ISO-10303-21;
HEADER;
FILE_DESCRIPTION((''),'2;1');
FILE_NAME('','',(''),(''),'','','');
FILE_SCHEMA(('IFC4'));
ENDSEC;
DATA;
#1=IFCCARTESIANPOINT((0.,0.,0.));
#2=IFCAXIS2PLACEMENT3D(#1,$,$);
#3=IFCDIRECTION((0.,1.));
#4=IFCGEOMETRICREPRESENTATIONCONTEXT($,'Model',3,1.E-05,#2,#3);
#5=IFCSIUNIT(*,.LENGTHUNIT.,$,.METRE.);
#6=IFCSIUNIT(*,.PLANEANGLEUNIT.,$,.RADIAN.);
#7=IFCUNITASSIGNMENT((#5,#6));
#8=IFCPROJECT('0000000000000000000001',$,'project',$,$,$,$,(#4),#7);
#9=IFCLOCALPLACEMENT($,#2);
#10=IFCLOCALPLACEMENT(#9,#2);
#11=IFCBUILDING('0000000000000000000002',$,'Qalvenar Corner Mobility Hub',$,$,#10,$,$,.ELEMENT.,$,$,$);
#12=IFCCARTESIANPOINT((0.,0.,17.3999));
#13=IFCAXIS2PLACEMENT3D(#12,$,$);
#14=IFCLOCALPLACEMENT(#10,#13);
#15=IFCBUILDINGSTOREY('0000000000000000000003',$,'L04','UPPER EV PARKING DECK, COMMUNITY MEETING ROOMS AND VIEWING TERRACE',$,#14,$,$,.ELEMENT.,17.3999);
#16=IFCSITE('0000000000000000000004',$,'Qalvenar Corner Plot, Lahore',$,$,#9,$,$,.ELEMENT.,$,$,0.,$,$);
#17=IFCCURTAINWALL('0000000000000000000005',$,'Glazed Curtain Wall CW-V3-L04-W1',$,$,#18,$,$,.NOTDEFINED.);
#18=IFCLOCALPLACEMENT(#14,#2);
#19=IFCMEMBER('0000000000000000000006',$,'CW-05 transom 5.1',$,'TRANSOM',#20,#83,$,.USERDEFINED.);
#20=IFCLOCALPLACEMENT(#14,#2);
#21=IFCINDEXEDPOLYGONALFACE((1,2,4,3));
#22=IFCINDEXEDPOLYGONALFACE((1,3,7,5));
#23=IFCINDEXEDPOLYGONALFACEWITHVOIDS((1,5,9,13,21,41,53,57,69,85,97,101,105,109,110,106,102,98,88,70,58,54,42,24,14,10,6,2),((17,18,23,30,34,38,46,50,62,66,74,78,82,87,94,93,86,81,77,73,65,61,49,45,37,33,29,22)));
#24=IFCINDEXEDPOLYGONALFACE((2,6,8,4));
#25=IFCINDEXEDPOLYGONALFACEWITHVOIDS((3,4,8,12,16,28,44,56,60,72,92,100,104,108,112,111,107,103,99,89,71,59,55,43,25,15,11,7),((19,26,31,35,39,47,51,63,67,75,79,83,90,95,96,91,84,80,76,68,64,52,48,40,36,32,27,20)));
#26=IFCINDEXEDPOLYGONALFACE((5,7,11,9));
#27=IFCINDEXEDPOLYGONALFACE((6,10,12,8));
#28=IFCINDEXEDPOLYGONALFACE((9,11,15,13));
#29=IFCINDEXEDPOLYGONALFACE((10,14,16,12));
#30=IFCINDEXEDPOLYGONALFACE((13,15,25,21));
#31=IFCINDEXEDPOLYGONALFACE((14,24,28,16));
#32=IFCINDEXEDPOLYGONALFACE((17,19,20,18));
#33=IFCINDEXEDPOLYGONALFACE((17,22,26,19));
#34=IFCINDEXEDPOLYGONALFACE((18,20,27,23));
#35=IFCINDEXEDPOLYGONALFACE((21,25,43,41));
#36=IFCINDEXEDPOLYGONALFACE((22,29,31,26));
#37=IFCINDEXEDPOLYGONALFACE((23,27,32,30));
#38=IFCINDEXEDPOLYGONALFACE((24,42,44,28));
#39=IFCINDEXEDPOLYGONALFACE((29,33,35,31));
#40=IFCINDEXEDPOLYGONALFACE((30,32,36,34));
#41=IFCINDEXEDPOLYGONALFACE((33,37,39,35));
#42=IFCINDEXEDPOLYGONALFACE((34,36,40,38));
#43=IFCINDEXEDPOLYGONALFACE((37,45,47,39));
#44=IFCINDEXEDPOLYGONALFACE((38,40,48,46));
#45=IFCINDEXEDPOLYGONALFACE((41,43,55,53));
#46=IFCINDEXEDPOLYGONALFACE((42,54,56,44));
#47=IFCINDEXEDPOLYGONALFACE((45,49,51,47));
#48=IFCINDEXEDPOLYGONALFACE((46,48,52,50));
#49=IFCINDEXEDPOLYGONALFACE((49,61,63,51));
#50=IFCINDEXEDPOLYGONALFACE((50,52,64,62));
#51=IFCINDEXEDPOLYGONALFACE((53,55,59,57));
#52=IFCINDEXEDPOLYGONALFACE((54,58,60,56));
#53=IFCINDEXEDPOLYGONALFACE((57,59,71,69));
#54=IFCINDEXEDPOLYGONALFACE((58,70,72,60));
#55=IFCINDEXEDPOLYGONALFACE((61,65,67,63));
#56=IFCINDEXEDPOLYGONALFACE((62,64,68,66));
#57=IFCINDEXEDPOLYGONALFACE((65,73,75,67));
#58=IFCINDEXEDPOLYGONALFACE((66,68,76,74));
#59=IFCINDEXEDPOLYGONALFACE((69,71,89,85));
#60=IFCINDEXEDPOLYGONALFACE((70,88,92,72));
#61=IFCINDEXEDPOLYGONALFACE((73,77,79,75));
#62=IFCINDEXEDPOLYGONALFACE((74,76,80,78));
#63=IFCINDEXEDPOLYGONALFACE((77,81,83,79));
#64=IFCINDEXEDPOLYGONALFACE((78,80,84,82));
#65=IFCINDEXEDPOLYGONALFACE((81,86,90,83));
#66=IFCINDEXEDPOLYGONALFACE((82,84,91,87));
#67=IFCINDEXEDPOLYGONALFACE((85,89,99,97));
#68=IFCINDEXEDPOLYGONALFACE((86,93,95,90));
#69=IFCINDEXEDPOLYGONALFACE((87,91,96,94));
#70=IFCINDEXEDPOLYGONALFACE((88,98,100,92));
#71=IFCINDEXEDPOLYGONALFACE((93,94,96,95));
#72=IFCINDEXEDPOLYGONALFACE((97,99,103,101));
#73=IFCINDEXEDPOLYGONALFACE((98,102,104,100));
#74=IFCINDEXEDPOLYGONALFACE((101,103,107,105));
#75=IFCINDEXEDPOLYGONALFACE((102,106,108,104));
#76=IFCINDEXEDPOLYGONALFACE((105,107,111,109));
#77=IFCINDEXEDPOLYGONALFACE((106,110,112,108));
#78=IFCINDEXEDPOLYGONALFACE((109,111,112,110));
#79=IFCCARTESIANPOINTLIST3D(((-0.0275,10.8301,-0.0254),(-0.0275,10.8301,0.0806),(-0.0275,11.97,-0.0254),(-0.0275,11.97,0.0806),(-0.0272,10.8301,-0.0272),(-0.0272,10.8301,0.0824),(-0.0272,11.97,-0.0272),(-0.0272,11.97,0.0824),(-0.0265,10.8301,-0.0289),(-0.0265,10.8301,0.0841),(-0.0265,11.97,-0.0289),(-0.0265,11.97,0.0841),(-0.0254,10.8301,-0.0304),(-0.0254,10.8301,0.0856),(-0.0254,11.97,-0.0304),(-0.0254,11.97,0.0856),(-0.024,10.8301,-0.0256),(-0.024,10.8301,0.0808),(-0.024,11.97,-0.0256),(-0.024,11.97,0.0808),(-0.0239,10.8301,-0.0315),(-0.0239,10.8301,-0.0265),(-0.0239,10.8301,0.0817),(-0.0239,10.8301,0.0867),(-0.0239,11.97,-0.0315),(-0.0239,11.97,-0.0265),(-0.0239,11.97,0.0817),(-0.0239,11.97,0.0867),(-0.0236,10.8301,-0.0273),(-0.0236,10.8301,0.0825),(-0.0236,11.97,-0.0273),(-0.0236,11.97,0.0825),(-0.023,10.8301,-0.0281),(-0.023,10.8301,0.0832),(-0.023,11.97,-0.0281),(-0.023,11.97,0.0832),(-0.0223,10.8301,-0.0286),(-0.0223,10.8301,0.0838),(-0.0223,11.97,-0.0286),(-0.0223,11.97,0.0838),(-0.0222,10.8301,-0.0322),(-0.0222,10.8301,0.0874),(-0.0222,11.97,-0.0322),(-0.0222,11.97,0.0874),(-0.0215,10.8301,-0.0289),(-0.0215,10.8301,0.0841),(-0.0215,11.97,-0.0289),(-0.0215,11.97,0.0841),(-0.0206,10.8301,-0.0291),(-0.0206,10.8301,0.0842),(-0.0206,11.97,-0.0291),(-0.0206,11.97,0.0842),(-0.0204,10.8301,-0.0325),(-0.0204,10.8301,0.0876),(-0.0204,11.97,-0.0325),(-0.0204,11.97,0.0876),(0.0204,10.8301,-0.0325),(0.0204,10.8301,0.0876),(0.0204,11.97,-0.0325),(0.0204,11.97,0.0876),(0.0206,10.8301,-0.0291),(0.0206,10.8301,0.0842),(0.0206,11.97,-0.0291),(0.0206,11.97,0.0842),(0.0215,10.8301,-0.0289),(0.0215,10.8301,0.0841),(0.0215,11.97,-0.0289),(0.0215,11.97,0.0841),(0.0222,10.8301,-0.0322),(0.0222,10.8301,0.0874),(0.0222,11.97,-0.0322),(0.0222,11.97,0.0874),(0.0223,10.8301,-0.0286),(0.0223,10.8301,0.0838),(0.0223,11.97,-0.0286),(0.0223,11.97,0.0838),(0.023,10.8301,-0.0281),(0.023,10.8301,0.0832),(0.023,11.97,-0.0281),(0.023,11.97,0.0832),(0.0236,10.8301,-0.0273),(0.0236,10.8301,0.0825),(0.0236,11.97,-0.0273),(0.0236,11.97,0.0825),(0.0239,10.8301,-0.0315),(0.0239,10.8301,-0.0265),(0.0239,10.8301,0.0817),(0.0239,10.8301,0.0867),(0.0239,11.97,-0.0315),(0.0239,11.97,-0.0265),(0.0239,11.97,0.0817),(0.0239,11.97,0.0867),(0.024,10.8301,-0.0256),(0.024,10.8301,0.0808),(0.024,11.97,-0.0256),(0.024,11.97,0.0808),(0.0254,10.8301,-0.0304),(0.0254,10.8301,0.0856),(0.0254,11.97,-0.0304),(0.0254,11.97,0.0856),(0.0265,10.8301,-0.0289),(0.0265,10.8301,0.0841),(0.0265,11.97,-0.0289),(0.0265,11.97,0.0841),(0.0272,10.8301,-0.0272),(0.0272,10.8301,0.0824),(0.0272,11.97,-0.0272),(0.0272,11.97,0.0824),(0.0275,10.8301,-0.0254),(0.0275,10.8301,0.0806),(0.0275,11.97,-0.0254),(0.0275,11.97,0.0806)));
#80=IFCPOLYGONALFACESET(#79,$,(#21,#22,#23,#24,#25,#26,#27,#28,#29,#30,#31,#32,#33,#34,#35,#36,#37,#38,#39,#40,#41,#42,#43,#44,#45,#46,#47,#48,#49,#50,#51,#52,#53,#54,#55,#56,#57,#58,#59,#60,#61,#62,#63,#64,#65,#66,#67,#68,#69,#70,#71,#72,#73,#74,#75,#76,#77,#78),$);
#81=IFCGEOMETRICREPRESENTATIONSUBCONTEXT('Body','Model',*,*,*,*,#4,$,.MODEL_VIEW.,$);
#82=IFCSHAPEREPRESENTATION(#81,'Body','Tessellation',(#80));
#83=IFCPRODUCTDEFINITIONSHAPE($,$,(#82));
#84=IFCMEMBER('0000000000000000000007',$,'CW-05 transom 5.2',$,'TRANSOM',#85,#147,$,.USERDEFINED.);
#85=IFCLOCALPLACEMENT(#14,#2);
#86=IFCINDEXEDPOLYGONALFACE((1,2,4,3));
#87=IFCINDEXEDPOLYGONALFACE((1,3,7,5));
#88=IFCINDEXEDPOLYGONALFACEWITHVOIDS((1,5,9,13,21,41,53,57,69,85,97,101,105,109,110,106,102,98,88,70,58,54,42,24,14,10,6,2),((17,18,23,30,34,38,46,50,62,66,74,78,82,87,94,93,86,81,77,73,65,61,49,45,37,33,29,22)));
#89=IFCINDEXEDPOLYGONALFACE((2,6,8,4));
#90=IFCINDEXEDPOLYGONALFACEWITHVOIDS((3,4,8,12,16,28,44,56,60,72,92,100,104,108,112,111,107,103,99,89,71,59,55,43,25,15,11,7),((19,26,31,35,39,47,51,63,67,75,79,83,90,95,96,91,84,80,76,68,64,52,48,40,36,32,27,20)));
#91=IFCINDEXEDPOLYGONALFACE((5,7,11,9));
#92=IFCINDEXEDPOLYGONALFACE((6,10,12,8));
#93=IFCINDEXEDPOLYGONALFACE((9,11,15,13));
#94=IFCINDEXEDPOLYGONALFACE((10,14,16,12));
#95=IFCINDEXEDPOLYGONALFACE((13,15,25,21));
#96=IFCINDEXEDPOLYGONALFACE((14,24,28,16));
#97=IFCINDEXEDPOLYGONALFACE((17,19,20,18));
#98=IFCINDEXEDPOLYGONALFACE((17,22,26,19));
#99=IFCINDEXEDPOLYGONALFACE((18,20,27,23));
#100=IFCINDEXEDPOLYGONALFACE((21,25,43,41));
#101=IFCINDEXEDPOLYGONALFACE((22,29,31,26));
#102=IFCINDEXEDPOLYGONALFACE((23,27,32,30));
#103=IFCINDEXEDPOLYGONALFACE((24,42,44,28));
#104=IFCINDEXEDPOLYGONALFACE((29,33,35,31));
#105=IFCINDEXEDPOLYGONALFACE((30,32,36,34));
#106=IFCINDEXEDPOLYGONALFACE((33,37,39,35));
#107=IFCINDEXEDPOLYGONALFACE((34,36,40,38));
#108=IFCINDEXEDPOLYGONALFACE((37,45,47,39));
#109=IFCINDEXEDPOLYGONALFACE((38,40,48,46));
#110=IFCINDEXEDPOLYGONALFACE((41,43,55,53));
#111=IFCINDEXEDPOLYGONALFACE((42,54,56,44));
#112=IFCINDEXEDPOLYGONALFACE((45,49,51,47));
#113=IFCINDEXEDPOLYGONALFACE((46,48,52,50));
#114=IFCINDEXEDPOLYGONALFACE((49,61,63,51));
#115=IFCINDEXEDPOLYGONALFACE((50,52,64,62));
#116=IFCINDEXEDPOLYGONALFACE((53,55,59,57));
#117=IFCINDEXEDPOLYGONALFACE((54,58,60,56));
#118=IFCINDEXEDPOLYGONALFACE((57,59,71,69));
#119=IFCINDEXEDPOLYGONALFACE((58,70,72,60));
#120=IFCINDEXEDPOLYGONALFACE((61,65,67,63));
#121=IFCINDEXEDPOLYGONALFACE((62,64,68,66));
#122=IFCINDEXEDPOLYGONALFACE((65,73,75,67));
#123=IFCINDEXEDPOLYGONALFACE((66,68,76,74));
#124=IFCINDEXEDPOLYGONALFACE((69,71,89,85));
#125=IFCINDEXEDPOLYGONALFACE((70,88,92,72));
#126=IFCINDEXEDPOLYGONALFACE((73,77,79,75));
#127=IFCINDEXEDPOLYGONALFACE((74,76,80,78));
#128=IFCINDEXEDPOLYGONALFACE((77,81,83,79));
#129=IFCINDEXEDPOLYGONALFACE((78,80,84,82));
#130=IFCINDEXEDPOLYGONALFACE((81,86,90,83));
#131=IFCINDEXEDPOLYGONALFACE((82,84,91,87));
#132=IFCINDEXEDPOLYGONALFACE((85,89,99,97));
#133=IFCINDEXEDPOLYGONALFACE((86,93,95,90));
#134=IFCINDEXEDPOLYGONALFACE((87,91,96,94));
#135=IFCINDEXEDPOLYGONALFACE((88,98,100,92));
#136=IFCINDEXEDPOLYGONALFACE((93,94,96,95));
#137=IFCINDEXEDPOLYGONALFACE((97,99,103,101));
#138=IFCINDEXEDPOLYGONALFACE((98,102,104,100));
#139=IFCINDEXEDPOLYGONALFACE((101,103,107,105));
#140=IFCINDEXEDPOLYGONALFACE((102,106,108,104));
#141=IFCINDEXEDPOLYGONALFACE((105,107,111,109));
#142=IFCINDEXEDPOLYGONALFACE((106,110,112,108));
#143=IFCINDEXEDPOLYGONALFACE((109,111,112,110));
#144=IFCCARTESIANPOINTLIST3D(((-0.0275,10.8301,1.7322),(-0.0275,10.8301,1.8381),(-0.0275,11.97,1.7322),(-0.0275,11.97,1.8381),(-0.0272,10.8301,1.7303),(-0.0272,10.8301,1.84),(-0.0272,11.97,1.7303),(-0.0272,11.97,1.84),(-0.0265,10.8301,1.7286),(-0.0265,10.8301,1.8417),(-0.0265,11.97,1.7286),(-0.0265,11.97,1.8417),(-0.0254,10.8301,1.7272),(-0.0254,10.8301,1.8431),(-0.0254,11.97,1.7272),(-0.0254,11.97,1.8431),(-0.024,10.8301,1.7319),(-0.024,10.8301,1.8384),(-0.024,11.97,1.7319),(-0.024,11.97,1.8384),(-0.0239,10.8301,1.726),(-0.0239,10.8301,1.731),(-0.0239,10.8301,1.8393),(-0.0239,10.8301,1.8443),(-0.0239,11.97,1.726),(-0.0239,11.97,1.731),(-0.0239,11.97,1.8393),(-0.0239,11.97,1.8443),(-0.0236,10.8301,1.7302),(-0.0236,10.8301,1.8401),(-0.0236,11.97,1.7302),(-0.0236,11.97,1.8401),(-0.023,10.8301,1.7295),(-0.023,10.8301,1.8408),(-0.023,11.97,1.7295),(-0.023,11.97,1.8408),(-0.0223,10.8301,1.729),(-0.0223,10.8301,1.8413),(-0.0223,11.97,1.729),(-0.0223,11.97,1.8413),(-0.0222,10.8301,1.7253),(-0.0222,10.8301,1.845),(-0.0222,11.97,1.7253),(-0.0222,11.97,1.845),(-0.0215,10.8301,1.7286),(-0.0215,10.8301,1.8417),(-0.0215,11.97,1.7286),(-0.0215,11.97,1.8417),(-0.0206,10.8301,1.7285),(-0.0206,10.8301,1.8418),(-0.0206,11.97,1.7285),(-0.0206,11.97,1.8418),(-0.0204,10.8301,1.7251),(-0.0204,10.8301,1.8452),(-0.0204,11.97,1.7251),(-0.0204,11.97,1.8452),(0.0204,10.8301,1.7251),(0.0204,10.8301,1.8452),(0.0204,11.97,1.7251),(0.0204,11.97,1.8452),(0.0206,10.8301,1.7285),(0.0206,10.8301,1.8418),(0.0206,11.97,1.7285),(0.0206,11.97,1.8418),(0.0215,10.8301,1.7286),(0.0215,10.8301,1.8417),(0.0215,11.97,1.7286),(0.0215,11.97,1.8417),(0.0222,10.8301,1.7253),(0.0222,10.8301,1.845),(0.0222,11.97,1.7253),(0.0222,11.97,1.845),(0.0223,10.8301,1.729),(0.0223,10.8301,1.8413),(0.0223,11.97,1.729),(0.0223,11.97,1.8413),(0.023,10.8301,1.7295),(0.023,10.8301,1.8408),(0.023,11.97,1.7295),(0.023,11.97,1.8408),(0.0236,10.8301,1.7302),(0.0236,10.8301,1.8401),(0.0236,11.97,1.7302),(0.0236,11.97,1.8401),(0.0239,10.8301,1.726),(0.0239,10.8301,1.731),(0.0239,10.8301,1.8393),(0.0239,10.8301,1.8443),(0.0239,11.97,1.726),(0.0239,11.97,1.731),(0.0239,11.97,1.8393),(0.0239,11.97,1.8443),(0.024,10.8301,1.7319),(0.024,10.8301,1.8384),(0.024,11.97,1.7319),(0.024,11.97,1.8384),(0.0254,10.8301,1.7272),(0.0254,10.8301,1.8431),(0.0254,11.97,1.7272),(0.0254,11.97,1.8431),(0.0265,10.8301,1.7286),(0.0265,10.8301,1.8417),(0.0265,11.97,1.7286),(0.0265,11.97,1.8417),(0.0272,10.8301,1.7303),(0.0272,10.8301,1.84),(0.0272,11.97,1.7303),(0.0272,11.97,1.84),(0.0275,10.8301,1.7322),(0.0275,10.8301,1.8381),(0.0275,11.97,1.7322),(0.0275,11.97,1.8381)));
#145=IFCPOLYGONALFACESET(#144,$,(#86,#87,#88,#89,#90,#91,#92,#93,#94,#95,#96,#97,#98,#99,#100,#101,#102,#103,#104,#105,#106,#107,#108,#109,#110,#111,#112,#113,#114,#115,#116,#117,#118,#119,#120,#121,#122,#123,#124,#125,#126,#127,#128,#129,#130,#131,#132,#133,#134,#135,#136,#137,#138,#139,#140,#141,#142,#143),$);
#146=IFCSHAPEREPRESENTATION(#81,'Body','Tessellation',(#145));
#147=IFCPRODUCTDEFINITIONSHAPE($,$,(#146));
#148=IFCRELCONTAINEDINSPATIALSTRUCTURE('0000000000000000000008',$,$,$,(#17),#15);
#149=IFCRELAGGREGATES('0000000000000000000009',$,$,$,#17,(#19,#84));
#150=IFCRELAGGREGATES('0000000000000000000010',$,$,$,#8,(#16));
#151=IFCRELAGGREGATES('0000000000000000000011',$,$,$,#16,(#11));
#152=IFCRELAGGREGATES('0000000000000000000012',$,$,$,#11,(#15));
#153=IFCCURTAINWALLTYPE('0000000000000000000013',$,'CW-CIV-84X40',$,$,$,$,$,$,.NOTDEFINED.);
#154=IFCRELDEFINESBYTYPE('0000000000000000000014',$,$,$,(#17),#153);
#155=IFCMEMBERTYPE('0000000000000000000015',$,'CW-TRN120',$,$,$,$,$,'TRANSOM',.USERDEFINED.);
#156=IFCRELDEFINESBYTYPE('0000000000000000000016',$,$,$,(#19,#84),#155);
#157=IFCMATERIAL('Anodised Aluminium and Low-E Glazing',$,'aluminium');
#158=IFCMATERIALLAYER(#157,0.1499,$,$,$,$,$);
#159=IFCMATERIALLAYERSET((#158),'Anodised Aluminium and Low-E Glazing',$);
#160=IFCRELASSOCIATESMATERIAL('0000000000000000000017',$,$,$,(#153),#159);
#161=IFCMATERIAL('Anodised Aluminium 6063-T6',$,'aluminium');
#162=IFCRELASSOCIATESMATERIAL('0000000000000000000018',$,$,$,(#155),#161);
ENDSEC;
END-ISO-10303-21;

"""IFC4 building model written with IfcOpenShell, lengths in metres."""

from ifc_helpers import new_model, si_unit, direction, frame, origin, origin_2d, place, context, subcontext, project, spatial, hollow_rectangle, extrude, material, layer, layer_set, material_profile, profile_set, type_object, element, aggregate, save


model = new_model("IFC4")

# Units and contexts
model_context = context("Model", 3, precision=1e-05, world=origin(), true_north=direction((0.0, 1.0)))
body_context = subcontext(model_context, "Body", "Model", "MODEL_VIEW")
ifc_project = project(units=[si_unit("LENGTHUNIT", "METRE"), si_unit("PLANEANGLEUNIT", "RADIAN")], contexts=[model_context])

# Site, building, storey
site_placement = place(None, origin())
site = spatial("IfcSite", under=ifc_project, at=site_placement, Name="Qalvenar Corner Plot, Lahore", CompositionType="ELEMENT", RefElevation=0.0)
building_placement = place(site_placement, origin())
building = spatial("IfcBuilding", under=site, at=building_placement, Name="Qalvenar Corner Mobility Hub", CompositionType="ELEMENT")
storey_placement = place(building_placement, frame((0.0, 0.0, 17.3999)))
storey = spatial("IfcBuildingStorey", under=building, at=storey_placement, Name="L04", Description="UPPER EV PARKING DECK, COMMUNITY MEETING ROOMS AND VIEWING TERRACE", CompositionType="ELEMENT", Elevation=17.3999)

# Curtain wall, members
ifc_material_1 = material(Name="Anodised Aluminium and Low-E Glazing", Category="aluminium")
ifc_layer_1 = layer(ifc_material_1, 0.1499)
ifc_layer_set_1 = layer_set([ifc_layer_1], Name="Anodised Aluminium and Low-E Glazing")
curtain_wall_type = type_object("IfcCurtainWallType", Name="CW-CIV-84X40", PredefinedType="NOTDEFINED", material=ifc_layer_set_1)
curtain_wall_placement = place(storey_placement, origin())
curtain_wall = element("IfcCurtainWall", 1, at=curtain_wall_placement, inside=storey, type_object=curtain_wall_type, Name="Glazed Curtain Wall CW-V3-L04-W1", PredefinedType="NOTDEFINED")
ifc_material_2 = material(Name="Anodised Aluminium 6063-T6", Category="aluminium")
ifc_material_profile_1 = material_profile(ifc_material_2, hollow_rectangle(XDim=0.0549, YDim=0.1201, WallThickness=0.0034, InnerFilletRadius=0.0034, OuterFilletRadius=0.0071, at=origin_2d()), Name="RHS120x55x3.5")
ifc_profile_set_1 = profile_set([ifc_material_profile_1], Name="Anodised Aluminium 6063-T6")
member_type_1 = type_object("IfcMemberType", Name="CW-TRN120", ElementType="TRANSOM", PredefinedType="USERDEFINED", material=ifc_profile_set_1)
member_1_placement = place(storey_placement, frame((0.0, 11.97, 0.0276), z_axis=(0.0, -1.0, 0.0), x_axis=(1.0, 0.0, 0.0)))
member_1 = element("IfcMember", 2, at=member_1_placement, type_object=member_type_1, Name="CW-05 transom 5.1", ObjectType="TRANSOM", PredefinedType="USERDEFINED", context=body_context, shape_type="SweptSolid", body=[
    extrude(hollow_rectangle(XDim=0.0549, YDim=0.1201, WallThickness=0.0034, InnerFilletRadius=0.0034, OuterFilletRadius=0.0071, at=origin_2d()), origin(), (0.0, 0.0, 1.0), 1.1399),
])
member_2_placement = place(storey_placement, frame((0.0, 11.97, 1.7852), z_axis=(0.0, -1.0, 0.0), x_axis=(1.0, 0.0, 0.0)))
member_2 = element("IfcMember", 3, at=member_2_placement, type_object=member_type_1, Name="CW-05 transom 5.2", ObjectType="TRANSOM", PredefinedType="USERDEFINED", context=body_context, shape_type="SweptSolid", body=[
    extrude(hollow_rectangle(XDim=0.0549, YDim=0.1201, WallThickness=0.0034, InnerFilletRadius=0.0034, OuterFilletRadius=0.0071, at=origin_2d()), origin(), (0.0, 0.0, 1.0), 1.1399),
])
aggregate(curtain_wall, [member_1, member_2])

save(model, "model.ifc")
